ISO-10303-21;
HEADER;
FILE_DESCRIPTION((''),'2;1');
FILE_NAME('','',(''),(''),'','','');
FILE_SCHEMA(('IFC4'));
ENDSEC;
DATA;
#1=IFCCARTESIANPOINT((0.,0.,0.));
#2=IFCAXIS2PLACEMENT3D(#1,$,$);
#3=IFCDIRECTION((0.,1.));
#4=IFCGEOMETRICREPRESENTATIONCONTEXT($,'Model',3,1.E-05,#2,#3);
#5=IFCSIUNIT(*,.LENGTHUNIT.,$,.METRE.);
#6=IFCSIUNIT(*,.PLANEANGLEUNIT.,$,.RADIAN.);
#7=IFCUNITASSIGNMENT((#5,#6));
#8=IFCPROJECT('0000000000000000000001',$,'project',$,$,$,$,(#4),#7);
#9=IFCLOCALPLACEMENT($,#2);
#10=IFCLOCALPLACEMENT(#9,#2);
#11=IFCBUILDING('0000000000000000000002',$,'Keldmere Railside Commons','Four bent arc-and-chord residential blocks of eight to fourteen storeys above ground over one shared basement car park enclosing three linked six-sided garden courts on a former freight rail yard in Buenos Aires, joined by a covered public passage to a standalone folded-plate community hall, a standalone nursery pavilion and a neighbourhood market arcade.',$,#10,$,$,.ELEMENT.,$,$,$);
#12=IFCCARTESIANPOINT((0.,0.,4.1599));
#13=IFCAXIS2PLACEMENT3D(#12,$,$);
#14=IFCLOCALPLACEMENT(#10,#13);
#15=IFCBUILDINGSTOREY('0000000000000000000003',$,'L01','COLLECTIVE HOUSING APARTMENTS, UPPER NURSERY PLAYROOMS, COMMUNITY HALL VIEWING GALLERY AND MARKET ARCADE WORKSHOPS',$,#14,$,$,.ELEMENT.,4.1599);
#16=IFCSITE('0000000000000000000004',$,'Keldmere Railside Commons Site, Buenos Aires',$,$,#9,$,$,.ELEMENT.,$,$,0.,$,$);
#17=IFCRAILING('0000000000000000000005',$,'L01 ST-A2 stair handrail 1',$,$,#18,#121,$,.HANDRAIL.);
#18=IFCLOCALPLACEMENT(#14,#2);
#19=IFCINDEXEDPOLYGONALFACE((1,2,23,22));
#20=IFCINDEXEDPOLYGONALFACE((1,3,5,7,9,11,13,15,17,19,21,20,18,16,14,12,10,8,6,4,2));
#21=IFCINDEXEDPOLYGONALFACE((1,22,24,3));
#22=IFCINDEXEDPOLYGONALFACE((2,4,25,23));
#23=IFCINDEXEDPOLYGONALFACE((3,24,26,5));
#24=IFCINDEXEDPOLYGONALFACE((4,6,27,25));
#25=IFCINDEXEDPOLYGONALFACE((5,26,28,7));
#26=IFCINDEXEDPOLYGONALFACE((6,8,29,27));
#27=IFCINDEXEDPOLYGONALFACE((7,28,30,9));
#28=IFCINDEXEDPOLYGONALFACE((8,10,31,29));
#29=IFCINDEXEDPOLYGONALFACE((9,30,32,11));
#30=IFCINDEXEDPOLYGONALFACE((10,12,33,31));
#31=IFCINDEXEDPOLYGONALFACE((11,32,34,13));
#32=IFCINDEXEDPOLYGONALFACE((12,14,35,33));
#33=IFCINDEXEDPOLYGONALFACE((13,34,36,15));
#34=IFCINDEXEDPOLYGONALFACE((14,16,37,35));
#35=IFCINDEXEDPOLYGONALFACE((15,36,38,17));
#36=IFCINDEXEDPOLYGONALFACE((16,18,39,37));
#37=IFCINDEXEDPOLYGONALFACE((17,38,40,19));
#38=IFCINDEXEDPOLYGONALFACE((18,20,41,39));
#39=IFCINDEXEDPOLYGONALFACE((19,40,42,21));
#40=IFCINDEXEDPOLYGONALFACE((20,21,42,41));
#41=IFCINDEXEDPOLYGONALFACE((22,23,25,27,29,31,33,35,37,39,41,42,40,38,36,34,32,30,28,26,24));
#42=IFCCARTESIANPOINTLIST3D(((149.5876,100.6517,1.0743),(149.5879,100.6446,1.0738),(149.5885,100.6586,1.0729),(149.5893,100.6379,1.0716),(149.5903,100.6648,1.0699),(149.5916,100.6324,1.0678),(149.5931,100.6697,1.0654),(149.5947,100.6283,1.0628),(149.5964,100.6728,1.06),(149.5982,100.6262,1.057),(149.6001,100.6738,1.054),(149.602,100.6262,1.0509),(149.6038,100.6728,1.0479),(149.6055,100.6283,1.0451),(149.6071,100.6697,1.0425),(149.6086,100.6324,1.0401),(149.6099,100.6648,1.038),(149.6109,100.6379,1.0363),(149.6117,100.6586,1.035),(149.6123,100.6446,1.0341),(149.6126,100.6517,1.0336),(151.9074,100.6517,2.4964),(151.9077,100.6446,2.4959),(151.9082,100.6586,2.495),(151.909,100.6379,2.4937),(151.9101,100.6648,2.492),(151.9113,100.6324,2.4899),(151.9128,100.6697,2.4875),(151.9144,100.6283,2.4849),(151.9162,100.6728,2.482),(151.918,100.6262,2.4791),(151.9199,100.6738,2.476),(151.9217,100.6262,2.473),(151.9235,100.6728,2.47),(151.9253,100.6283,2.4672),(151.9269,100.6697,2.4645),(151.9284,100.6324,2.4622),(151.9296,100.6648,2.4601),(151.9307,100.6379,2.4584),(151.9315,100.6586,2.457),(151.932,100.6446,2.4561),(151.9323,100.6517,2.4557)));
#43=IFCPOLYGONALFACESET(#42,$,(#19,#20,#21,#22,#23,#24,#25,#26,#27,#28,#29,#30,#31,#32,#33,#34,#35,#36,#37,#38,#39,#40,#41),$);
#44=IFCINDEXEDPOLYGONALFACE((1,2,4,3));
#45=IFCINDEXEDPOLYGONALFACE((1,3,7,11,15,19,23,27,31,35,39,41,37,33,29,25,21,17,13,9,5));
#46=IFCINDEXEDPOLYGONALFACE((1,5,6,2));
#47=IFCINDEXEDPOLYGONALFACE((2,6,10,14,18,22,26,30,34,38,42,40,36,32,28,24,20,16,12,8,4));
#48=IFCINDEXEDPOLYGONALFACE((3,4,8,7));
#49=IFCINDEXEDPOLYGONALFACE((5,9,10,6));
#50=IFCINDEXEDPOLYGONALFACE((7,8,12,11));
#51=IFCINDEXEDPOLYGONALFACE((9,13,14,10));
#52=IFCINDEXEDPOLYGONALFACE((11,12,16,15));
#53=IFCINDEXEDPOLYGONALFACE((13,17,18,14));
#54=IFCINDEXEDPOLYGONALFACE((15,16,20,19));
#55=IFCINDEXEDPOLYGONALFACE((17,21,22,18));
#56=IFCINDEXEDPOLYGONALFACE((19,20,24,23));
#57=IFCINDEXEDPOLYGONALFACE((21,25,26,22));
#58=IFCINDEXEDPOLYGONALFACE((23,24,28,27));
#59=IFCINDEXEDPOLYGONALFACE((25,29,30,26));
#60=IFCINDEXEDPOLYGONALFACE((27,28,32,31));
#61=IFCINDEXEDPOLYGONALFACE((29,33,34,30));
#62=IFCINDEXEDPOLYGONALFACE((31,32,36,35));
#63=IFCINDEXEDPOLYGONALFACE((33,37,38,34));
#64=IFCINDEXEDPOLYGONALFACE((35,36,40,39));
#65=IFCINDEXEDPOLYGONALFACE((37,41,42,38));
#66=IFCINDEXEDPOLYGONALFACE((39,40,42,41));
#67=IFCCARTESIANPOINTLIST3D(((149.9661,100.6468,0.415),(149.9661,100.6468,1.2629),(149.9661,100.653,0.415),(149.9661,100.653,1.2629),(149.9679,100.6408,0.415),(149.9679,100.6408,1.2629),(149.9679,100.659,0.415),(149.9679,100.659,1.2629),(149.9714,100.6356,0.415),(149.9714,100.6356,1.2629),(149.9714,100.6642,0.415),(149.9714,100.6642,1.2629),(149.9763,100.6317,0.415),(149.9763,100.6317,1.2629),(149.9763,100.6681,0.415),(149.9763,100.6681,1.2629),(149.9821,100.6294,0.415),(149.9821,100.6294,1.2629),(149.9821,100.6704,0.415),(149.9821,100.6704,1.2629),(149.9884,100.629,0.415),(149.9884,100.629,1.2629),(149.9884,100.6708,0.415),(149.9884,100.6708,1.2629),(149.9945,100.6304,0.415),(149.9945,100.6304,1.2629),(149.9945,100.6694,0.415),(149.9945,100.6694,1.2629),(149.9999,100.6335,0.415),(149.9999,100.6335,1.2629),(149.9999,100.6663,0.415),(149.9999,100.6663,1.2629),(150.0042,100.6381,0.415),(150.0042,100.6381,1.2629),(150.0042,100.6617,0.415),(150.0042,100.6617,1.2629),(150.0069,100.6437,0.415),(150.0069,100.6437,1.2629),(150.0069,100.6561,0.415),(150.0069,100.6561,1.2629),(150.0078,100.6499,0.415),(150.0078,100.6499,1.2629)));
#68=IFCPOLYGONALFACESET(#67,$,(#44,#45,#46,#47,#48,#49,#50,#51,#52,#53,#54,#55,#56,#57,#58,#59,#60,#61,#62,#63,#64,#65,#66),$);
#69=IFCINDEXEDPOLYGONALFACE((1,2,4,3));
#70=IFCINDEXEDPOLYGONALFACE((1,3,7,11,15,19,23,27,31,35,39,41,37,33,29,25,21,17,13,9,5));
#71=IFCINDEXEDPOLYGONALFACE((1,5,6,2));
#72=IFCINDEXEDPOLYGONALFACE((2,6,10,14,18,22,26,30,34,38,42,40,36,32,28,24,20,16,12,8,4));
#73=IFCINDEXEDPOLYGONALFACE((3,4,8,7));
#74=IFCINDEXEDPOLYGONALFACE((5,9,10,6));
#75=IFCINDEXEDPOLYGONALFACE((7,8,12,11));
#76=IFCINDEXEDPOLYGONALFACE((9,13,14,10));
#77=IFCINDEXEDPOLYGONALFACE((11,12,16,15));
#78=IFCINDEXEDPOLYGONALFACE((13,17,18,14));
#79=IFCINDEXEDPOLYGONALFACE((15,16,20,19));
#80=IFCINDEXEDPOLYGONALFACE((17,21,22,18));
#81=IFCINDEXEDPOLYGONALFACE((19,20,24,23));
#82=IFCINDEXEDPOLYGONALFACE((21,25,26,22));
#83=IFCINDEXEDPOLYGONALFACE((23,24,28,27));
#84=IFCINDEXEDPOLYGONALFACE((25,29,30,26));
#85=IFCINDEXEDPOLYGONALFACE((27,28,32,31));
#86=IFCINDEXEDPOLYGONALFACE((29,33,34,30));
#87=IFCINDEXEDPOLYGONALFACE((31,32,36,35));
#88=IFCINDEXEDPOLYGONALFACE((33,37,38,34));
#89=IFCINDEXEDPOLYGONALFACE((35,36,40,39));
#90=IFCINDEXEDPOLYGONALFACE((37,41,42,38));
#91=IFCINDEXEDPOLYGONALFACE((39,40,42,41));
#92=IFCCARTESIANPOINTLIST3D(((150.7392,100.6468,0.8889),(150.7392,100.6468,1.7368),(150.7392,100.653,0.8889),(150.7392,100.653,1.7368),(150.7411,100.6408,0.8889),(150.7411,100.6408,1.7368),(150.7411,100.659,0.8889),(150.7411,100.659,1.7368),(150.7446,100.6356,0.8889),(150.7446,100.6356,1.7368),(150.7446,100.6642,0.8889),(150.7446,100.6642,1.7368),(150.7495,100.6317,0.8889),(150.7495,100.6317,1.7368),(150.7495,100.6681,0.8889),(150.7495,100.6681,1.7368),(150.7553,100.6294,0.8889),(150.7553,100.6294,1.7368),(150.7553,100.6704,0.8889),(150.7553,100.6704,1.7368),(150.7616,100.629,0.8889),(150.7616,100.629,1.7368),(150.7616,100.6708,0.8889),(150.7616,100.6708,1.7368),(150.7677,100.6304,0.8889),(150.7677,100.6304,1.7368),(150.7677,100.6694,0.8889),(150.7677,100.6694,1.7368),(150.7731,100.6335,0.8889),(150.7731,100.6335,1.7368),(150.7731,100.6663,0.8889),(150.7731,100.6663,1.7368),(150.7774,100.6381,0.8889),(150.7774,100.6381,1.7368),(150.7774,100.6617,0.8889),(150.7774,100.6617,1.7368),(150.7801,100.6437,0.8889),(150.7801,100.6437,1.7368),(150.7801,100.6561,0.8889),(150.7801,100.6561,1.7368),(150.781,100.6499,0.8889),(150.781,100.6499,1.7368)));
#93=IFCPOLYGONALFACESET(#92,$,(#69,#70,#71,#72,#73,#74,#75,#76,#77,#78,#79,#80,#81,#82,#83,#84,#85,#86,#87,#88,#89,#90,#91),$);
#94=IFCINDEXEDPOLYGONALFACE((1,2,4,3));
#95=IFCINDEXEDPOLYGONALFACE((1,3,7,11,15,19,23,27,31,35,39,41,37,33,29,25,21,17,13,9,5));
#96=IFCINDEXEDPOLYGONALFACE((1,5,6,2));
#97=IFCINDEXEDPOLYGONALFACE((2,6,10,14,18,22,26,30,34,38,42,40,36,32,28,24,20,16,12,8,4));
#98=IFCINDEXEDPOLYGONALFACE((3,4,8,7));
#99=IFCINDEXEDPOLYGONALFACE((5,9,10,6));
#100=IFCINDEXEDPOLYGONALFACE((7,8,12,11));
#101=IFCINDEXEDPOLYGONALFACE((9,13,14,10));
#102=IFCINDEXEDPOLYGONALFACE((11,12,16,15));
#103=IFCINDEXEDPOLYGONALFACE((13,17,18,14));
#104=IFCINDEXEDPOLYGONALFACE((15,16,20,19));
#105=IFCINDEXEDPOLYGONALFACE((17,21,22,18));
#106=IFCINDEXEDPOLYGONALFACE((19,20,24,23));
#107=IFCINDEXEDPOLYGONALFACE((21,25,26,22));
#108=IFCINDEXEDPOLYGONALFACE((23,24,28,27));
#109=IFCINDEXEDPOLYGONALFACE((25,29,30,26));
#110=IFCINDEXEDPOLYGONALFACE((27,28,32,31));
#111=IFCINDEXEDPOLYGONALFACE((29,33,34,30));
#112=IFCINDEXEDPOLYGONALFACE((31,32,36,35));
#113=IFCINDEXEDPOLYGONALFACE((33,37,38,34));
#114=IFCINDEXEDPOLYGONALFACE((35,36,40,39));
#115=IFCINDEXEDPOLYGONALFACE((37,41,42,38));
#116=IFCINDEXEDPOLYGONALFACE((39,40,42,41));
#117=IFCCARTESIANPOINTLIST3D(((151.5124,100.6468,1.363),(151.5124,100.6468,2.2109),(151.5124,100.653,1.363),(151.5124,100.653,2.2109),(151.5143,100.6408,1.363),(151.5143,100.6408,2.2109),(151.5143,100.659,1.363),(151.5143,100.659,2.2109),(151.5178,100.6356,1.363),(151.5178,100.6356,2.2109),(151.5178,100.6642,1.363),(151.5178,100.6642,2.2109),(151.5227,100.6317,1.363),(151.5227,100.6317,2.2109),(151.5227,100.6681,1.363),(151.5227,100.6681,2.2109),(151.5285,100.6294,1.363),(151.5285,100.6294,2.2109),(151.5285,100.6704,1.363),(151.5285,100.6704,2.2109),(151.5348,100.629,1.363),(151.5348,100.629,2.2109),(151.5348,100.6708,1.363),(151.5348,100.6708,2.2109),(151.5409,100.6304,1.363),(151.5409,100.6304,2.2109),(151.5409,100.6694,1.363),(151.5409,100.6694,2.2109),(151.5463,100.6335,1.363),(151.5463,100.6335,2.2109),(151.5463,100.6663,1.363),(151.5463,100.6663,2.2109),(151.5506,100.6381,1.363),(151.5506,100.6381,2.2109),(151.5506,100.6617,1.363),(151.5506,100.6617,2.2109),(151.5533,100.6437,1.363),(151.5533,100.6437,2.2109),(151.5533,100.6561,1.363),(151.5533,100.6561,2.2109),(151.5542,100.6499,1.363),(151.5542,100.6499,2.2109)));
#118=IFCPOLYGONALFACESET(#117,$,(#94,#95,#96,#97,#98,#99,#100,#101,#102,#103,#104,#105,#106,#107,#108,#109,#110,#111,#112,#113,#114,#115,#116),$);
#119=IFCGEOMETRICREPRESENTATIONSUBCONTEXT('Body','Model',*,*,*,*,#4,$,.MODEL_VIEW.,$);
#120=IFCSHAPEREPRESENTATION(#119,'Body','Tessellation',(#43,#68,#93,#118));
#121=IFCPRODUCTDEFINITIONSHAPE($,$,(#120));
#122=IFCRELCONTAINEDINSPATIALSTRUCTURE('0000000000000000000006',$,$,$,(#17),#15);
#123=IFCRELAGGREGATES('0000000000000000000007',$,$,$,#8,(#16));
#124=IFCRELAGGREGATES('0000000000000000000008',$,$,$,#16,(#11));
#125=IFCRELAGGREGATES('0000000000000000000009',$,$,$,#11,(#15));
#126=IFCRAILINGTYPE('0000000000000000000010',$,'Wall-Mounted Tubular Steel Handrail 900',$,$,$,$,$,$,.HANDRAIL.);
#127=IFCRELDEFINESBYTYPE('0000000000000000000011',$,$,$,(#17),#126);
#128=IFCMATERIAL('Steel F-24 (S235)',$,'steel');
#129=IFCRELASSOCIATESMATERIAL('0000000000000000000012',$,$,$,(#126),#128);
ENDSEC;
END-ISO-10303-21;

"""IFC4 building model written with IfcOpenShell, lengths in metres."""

from ifc_helpers import new_model, si_unit, direction, frame, origin, origin_2d, place, context, subcontext, project, spatial, circle, extrude, material, type_object, element, save


model = new_model("IFC4")

# Units and contexts
model_context = context("Model", 3, precision=1e-05, world=origin(), true_north=direction((0.0, 1.0)))
body_context = subcontext(model_context, "Body", "Model", "MODEL_VIEW")
ifc_project = project(units=[si_unit("LENGTHUNIT", "METRE"), si_unit("PLANEANGLEUNIT", "RADIAN")], contexts=[model_context])

# Site, building, storey
site_placement = place(None, origin())
site = spatial("IfcSite", under=ifc_project, at=site_placement, Name="Keldmere Railside Commons Site, Buenos Aires", CompositionType="ELEMENT", RefElevation=0.0)
building_placement = place(site_placement, origin())
building = spatial("IfcBuilding", under=site, at=building_placement, Name="Keldmere Railside Commons", Description="Four bent arc-and-chord residential blocks of eight to fourteen storeys above ground over one shared basement car park enclosing three linked six-sided garden courts on a former freight rail yard in Buenos Aires, joined by a covered public passage to a standalone folded-plate community hall, a standalone nursery pavilion and a neighbourhood market arcade.", CompositionType="ELEMENT")
storey_placement = place(building_placement, frame((0.0, 0.0, 4.1599)))
storey = spatial("IfcBuildingStorey", under=building, at=storey_placement, Name="L01", Description="COLLECTIVE HOUSING APARTMENTS, UPPER NURSERY PLAYROOMS, COMMUNITY HALL VIEWING GALLERY AND MARKET ARCADE WORKSHOPS", CompositionType="ELEMENT", Elevation=4.1599)

# Railing
ifc_material_1 = material(Name="Steel F-24 (S235)", Category="steel")
railing_type_1 = type_object("IfcRailingType", Name="Wall-Mounted Tubular Steel Handrail 900", PredefinedType="HANDRAIL", material=ifc_material_1)
railing_1_placement = place(storey_placement, frame((149.6001, 100.6499, 0.178)))
element("IfcRailing", 1, at=railing_1_placement, inside=storey, type_object=railing_type_1, Name="L01 ST-A2 stair handrail 1", PredefinedType="HANDRAIL", context=body_context, shape_type="SweptSolid", body=[
    extrude(circle(Radius=0.0239, at=origin_2d()), frame((0.0, 0.0, 0.876), z_axis=(0.852554, 0.0, 0.52264), x_axis=(0.0, 1.0, 0.0)), (0.0, 0.0, 1.0), 2.7209),
    extrude(circle(Radius=0.021, at=origin_2d()), frame((0.3867, 0.0, 0.2371)), (0.0, 0.0, 1.0), 0.8479),
    extrude(circle(Radius=0.021, at=origin_2d()), frame((1.1599, 0.0, 0.7109)), (0.0, 0.0, 1.0), 0.8479),
    extrude(circle(Radius=0.021, at=origin_2d()), frame((1.9331, 0.0, 1.1851)), (0.0, 0.0, 1.0), 0.8479),
])

save(model, "model.ifc")
